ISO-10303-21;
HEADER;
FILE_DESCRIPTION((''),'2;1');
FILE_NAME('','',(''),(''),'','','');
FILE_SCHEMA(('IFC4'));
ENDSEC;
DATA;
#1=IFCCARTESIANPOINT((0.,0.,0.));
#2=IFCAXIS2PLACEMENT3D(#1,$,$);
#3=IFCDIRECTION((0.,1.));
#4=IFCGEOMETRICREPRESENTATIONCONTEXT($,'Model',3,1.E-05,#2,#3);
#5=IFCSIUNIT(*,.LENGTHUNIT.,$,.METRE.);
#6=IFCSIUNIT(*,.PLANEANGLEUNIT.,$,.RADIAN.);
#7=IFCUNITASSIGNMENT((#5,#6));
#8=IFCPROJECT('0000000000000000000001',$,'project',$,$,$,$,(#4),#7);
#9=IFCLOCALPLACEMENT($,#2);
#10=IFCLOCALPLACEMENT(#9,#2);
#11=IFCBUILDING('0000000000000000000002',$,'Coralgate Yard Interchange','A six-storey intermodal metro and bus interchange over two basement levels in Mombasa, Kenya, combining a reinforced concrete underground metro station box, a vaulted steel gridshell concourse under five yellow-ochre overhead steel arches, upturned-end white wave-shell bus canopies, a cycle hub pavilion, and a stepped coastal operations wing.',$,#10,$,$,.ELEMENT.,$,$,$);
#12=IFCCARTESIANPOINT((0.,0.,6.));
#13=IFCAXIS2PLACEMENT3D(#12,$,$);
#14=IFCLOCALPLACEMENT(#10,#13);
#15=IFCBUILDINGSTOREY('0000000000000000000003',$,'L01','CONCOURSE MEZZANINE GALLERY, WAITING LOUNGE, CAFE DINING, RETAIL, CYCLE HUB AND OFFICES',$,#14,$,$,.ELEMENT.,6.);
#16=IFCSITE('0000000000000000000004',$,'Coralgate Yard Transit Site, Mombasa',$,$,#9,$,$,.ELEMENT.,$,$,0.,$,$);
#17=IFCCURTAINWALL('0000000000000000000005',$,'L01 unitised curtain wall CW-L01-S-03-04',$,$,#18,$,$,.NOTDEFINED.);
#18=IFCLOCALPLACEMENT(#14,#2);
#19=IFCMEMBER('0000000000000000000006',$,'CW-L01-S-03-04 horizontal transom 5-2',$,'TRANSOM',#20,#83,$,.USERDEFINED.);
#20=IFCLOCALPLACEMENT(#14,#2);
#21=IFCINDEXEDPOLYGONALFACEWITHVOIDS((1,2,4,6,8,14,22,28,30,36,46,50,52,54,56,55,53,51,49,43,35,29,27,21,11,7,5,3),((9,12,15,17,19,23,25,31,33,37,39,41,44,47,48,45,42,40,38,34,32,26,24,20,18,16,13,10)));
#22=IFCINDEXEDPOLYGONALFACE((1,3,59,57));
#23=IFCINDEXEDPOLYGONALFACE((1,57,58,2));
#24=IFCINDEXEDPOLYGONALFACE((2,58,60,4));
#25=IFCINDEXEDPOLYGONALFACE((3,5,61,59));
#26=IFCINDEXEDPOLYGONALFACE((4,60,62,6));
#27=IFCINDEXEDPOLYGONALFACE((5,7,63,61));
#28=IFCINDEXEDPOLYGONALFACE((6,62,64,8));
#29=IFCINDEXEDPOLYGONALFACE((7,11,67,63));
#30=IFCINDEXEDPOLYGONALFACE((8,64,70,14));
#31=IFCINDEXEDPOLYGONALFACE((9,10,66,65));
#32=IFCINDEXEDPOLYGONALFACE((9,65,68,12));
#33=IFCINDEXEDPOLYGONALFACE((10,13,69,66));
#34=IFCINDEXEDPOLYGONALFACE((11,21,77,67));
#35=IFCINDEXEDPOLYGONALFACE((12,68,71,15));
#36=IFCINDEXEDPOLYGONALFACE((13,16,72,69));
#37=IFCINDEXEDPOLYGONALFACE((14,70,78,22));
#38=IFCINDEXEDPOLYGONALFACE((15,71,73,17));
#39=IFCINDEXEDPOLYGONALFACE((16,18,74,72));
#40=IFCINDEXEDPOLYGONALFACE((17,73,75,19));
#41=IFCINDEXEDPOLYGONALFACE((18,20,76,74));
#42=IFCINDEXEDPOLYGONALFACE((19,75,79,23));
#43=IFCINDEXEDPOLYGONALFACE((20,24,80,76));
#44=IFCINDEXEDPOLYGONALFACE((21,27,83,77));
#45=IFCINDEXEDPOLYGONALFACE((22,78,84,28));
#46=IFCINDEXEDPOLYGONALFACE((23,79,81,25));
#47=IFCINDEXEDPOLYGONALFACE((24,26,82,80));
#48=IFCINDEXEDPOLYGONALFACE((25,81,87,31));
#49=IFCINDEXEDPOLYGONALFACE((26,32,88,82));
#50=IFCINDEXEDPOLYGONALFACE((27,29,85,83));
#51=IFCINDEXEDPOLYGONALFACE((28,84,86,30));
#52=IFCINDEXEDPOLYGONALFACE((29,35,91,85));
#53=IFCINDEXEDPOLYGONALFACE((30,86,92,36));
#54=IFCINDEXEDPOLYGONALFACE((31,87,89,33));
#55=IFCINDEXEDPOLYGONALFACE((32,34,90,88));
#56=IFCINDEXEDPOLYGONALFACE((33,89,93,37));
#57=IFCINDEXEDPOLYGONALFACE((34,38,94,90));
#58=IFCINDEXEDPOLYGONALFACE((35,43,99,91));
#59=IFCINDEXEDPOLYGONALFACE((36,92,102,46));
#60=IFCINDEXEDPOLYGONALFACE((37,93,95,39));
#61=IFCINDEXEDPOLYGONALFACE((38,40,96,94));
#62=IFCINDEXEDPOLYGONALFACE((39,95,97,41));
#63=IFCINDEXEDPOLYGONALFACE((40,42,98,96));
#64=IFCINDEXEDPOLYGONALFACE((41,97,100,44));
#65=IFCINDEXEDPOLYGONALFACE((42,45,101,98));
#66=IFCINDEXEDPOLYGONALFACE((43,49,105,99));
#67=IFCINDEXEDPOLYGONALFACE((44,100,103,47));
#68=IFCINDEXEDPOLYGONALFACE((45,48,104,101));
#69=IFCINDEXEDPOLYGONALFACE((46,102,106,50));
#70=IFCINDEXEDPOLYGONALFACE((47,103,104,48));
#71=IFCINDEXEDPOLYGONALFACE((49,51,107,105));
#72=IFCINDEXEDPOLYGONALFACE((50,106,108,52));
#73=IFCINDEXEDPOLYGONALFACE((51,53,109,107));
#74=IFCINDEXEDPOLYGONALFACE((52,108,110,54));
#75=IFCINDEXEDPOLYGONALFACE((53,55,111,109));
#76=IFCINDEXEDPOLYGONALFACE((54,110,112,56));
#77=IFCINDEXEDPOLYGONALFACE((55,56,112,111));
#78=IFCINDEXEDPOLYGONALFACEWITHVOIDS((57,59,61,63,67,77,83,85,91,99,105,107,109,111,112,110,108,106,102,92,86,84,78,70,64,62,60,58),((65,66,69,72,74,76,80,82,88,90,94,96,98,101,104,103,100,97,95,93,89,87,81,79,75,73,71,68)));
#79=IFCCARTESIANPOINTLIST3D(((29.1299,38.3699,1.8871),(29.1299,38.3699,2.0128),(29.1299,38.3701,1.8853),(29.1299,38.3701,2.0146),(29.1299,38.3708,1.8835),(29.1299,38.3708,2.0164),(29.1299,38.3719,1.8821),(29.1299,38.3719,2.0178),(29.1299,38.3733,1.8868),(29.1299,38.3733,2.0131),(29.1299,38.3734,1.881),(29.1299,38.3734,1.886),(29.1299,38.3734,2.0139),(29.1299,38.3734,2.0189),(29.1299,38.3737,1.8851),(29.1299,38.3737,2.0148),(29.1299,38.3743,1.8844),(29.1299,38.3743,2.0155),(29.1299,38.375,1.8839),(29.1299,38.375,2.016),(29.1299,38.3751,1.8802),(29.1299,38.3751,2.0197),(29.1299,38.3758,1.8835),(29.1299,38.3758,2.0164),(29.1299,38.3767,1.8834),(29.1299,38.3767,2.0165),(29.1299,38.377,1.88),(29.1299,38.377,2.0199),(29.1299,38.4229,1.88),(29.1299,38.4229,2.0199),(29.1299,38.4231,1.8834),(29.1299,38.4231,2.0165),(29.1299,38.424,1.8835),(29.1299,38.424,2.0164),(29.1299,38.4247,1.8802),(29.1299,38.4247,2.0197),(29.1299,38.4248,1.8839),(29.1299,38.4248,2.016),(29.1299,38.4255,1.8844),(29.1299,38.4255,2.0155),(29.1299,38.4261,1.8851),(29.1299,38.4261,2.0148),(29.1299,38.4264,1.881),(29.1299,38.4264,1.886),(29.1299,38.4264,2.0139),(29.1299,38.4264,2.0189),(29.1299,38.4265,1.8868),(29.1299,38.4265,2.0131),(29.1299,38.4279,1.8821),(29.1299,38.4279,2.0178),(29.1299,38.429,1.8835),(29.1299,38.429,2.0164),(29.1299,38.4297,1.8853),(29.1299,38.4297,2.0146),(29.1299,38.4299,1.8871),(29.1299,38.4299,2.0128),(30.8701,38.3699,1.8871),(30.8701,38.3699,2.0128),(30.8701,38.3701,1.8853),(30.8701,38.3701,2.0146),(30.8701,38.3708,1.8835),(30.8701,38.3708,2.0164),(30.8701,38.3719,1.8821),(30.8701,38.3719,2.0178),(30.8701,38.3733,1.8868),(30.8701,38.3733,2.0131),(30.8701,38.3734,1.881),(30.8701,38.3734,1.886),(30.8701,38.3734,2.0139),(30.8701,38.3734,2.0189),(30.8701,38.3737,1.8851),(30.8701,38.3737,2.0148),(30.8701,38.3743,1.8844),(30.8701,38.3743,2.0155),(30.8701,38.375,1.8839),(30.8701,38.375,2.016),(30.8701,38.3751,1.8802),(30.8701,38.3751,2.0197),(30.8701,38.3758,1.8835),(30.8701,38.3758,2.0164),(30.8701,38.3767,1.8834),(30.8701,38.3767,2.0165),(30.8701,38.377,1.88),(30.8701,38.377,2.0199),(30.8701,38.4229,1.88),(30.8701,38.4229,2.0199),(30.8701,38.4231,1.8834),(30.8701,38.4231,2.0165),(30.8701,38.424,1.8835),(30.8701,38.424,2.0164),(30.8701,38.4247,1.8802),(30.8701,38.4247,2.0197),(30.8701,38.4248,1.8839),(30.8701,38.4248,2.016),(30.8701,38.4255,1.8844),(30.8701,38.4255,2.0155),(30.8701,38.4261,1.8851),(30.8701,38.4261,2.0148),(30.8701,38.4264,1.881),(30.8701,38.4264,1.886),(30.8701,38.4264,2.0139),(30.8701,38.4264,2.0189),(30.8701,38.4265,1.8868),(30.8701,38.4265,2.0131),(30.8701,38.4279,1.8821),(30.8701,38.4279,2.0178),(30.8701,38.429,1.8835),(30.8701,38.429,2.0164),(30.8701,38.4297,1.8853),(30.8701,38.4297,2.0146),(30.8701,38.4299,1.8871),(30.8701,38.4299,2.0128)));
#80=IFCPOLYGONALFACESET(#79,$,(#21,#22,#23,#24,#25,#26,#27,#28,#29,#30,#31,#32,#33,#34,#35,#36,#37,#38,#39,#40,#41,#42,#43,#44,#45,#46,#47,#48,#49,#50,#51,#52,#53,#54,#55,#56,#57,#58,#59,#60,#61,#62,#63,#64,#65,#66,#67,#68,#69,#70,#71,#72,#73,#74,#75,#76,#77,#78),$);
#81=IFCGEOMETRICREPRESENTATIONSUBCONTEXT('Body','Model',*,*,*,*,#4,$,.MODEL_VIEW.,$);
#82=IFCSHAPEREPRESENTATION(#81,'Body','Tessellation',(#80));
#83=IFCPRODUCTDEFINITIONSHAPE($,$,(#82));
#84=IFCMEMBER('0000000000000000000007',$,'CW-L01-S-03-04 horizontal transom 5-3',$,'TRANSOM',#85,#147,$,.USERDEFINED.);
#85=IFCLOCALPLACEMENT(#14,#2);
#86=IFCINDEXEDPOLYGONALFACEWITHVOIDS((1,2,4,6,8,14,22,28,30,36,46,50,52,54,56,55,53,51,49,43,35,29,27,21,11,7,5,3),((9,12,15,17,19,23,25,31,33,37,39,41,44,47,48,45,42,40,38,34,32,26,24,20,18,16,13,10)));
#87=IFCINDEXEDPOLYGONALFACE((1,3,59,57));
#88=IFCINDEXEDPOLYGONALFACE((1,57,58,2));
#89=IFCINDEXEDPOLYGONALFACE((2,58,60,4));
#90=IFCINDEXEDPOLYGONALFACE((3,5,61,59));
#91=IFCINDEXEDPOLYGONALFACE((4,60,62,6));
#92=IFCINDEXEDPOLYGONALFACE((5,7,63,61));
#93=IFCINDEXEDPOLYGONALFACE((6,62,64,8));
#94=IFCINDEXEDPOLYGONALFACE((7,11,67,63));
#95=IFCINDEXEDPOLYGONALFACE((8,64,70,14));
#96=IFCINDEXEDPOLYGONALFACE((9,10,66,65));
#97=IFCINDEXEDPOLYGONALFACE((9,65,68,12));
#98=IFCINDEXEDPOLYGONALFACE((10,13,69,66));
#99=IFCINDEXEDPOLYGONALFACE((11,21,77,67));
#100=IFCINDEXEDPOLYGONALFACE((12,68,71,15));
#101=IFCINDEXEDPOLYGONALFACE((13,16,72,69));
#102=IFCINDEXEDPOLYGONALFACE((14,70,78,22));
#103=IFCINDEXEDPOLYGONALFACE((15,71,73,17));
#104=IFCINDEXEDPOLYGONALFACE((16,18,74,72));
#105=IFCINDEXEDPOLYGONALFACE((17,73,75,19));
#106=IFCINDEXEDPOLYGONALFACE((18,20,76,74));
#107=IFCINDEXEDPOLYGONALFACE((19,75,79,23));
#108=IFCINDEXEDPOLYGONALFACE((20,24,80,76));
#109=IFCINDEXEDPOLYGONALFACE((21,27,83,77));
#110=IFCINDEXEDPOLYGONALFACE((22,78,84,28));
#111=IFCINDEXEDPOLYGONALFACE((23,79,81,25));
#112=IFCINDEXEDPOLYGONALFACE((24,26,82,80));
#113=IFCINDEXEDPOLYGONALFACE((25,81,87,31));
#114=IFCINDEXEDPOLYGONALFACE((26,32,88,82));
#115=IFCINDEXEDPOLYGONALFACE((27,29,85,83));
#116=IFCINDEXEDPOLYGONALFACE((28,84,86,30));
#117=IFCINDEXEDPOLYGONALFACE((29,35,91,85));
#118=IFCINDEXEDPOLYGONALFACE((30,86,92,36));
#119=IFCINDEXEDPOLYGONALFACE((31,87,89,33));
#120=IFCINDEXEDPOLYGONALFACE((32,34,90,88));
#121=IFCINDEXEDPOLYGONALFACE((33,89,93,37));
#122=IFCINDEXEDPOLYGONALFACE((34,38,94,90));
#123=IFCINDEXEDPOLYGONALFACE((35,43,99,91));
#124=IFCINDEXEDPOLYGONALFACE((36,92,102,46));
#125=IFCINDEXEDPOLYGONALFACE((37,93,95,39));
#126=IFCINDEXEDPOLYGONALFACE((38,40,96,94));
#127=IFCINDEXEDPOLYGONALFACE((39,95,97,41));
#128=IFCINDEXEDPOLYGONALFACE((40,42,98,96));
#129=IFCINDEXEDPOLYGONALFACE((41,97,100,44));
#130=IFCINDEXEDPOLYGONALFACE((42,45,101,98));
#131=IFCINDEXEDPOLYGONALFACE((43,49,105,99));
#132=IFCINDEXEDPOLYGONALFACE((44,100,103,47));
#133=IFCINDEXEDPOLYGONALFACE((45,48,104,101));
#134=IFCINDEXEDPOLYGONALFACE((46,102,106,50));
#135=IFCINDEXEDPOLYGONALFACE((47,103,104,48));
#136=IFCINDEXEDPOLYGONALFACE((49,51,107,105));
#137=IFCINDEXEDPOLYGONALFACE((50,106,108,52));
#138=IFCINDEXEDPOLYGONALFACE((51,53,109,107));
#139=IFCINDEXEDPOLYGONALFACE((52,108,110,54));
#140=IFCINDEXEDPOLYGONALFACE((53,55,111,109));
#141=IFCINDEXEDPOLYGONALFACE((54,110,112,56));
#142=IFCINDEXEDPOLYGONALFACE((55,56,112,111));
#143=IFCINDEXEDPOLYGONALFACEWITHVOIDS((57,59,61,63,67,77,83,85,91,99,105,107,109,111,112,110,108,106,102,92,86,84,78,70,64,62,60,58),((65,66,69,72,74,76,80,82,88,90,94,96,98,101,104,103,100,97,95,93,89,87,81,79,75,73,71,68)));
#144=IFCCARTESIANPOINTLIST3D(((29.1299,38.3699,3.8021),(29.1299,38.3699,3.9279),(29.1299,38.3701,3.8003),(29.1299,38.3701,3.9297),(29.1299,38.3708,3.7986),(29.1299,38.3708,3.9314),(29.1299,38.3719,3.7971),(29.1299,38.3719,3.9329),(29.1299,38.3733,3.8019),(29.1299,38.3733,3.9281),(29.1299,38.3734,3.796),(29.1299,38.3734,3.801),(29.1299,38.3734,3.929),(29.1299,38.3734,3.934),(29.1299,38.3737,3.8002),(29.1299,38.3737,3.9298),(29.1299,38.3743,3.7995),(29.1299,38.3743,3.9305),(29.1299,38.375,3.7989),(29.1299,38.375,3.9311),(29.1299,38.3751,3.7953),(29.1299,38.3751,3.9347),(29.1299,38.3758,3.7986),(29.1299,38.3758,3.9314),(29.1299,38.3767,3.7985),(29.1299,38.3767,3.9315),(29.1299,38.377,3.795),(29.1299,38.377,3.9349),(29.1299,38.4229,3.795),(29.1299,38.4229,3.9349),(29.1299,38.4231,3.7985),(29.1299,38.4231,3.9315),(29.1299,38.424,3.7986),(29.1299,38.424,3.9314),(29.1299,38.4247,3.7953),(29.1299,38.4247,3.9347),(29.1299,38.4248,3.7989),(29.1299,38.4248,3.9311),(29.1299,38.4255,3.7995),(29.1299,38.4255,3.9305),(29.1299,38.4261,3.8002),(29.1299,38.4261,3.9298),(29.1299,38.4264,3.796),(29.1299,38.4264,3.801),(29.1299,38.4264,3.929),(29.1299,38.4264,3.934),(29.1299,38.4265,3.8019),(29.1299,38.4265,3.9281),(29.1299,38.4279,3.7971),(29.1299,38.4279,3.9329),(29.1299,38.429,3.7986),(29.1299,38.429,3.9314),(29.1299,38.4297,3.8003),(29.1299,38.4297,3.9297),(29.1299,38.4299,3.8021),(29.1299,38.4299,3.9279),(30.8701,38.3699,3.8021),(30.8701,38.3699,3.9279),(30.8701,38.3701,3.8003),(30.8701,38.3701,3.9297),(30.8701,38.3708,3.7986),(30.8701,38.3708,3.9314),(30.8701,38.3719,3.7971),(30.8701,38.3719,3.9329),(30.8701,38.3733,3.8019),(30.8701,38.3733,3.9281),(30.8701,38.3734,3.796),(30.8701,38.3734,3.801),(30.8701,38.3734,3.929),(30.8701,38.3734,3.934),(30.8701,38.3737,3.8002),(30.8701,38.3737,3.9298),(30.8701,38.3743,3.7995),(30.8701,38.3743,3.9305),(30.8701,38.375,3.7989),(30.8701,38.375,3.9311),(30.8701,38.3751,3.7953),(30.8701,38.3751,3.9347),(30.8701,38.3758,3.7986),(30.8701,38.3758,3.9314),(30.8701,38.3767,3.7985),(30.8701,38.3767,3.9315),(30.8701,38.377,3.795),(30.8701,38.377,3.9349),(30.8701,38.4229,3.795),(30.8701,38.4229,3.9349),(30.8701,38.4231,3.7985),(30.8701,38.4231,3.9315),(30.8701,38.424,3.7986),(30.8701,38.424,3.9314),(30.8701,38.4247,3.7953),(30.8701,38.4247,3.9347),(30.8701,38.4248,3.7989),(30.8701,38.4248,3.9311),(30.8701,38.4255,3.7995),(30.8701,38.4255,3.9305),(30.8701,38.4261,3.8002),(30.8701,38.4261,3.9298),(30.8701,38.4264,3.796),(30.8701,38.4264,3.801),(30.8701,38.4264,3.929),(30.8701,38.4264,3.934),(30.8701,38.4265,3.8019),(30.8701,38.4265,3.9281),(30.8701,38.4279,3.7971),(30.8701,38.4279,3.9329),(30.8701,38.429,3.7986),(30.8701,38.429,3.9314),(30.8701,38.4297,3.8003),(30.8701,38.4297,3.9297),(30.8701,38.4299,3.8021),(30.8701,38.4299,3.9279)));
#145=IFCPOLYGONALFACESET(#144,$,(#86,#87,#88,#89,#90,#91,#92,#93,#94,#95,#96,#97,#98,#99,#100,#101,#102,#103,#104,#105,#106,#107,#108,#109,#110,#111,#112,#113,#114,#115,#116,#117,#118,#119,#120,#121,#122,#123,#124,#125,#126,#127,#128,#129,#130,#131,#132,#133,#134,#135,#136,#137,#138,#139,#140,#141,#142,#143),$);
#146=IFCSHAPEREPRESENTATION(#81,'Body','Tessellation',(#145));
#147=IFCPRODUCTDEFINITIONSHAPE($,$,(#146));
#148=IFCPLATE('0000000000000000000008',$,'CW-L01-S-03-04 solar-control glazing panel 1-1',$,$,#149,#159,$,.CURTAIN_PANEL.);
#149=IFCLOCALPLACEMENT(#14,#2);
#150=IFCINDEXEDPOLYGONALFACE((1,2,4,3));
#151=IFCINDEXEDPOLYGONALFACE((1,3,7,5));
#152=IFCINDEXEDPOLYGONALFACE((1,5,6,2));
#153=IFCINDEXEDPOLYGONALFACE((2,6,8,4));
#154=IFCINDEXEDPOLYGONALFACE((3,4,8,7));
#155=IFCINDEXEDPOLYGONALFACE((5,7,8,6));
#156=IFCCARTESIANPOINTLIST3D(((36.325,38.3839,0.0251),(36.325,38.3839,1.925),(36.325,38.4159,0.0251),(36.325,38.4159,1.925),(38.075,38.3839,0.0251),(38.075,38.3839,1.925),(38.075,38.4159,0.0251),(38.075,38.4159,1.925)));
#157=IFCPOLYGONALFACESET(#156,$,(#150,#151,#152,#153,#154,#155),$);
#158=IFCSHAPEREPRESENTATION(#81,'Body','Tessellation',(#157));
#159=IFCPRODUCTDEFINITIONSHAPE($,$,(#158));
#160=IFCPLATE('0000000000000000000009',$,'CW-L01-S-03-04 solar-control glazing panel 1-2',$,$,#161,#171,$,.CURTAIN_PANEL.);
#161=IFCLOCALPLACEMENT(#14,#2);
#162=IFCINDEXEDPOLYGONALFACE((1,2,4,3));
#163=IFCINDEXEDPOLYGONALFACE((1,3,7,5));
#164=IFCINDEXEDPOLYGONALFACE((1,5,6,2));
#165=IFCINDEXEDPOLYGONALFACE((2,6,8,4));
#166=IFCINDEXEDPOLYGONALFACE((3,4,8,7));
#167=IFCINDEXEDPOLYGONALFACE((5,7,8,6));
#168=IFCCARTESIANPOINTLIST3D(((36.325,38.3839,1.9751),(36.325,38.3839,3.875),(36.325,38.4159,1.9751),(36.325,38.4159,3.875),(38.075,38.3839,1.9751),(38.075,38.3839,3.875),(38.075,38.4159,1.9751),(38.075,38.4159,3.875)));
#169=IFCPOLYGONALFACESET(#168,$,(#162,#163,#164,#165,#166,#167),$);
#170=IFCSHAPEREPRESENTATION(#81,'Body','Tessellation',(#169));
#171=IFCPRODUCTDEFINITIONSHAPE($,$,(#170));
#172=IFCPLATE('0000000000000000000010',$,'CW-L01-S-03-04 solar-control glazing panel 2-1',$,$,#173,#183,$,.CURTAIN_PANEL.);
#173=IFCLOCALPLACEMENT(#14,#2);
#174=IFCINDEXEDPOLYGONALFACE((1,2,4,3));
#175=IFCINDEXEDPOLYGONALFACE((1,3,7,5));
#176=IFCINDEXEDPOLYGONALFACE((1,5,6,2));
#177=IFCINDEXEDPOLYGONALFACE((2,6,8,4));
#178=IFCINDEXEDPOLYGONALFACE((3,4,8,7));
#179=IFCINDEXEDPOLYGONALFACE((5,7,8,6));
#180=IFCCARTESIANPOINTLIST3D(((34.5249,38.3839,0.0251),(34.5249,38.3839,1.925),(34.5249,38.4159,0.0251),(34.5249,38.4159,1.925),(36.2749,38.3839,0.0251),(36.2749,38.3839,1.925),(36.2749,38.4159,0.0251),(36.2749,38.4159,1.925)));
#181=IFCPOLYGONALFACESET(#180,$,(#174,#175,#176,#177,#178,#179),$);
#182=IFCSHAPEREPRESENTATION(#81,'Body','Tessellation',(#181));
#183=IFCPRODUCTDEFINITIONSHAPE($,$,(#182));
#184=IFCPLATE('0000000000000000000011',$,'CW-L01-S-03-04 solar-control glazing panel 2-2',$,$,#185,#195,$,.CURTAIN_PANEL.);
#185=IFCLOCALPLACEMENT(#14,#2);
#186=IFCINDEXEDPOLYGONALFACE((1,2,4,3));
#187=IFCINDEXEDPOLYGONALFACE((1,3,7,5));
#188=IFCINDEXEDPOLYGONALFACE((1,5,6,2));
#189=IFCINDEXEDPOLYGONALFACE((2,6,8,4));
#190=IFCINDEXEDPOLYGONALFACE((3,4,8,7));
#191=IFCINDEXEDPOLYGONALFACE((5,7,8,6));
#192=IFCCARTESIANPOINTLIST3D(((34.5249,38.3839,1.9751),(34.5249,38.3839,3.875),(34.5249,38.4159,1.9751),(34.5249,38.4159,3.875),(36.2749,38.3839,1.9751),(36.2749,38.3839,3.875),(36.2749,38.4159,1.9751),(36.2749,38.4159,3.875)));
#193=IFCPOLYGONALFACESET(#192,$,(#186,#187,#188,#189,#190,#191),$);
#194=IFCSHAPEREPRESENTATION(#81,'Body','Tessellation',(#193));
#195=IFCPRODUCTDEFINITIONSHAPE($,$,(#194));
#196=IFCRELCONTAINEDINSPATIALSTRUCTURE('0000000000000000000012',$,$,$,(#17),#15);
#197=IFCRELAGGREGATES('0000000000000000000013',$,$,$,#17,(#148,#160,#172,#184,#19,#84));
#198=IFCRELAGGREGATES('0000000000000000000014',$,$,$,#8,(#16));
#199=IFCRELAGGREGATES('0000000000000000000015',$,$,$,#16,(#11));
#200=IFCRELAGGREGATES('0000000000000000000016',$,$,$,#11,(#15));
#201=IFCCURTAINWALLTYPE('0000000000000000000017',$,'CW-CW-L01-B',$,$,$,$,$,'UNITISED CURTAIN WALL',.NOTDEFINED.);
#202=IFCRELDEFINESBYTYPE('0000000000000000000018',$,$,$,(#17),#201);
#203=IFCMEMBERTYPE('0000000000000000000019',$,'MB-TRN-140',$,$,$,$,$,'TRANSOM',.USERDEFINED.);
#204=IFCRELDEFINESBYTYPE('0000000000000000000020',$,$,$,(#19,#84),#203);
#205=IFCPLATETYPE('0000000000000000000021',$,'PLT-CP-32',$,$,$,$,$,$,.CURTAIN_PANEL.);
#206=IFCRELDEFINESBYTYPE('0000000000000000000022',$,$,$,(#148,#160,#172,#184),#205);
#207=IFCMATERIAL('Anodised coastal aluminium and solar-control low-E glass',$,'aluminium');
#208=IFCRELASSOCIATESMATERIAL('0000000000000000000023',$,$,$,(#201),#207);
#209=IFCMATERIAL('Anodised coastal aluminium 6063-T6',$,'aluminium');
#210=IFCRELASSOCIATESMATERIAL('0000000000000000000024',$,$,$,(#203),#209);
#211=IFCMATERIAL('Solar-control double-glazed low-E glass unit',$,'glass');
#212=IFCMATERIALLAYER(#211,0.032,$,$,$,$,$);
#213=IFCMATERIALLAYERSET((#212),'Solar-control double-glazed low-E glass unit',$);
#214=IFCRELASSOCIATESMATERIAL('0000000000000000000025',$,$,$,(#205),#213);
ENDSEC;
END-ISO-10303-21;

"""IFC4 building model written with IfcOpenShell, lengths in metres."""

from ifc_helpers import new_model, si_unit, direction, frame, origin, origin_2d, place, context, subcontext, project, spatial, rectangle, hollow_rectangle, extrude, material, layer, layer_set, material_profile, profile_set, type_object, element, aggregate, save


model = new_model("IFC4")

# Units and contexts
model_context = context("Model", 3, precision=1e-05, world=origin(), true_north=direction((0.0, 1.0)))
body_context = subcontext(model_context, "Body", "Model", "MODEL_VIEW")
ifc_project = project(units=[si_unit("LENGTHUNIT", "METRE"), si_unit("PLANEANGLEUNIT", "RADIAN")], contexts=[model_context])

# Site, building, storey
site_placement = place(None, origin())
site = spatial("IfcSite", under=ifc_project, at=site_placement, Name="Coralgate Yard Transit Site, Mombasa", CompositionType="ELEMENT", RefElevation=0.0)
building_placement = place(site_placement, origin())
building = spatial("IfcBuilding", under=site, at=building_placement, Name="Coralgate Yard Interchange", Description="A six-storey intermodal metro and bus interchange over two basement levels in Mombasa, Kenya, combining a reinforced concrete underground metro station box, a vaulted steel gridshell concourse under five yellow-ochre overhead steel arches, upturned-end white wave-shell bus canopies, a cycle hub pavilion, and a stepped coastal operations wing.", CompositionType="ELEMENT")
storey_placement = place(building_placement, frame((0.0, 0.0, 6.0)))
storey = spatial("IfcBuildingStorey", under=building, at=storey_placement, Name="L01", Description="CONCOURSE MEZZANINE GALLERY, WAITING LOUNGE, CAFE DINING, RETAIL, CYCLE HUB AND OFFICES", CompositionType="ELEMENT", Elevation=6.0)

# Curtain wall, members, plates
ifc_material_1 = material(Name="Anodised coastal aluminium and solar-control low-E glass", Category="aluminium")
curtain_wall_type = type_object("IfcCurtainWallType", Name="CW-CW-L01-B", ElementType="UNITISED CURTAIN WALL", PredefinedType="NOTDEFINED", material=ifc_material_1)
curtain_wall_placement = place(storey_placement, origin())
curtain_wall = element("IfcCurtainWall", 1, at=curtain_wall_placement, inside=storey, type_object=curtain_wall_type, Name="L01 unitised curtain wall CW-L01-S-03-04", PredefinedType="NOTDEFINED")
ifc_material_2 = material(Name="Anodised coastal aluminium 6063-T6", Category="aluminium")
ifc_material_profile_1 = material_profile(ifc_material_2, hollow_rectangle(XDim=0.0601, YDim=0.1399, WallThickness=0.0034, InnerFilletRadius=0.0034, OuterFilletRadius=0.0071, at=origin_2d()), Name="ALU 60x140x3.5")
ifc_profile_set_1 = profile_set([ifc_material_profile_1], Name="Anodised coastal aluminium 6063-T6")
member_type_1 = type_object("IfcMemberType", Name="MB-TRN-140", ElementType="TRANSOM", PredefinedType="USERDEFINED", material=ifc_profile_set_1)
member_1_placement = place(storey_placement, frame((30.8701, 38.3999, 1.95), z_axis=(-1.0, 0.0, 0.0), x_axis=(0.0, -1.0, 0.0)))
member_1 = element("IfcMember", 2, at=member_1_placement, type_object=member_type_1, Name="CW-L01-S-03-04 horizontal transom 5-2", ObjectType="TRANSOM", PredefinedType="USERDEFINED", context=body_context, shape_type="SweptSolid", body=[
    extrude(hollow_rectangle(XDim=0.0601, YDim=0.1399, WallThickness=0.0034, InnerFilletRadius=0.0034, OuterFilletRadius=0.0071, at=origin_2d()), origin(), (0.0, 0.0, 1.0), 1.7402),
])
member_2_placement = place(storey_placement, frame((30.8701, 38.3999, 3.865), z_axis=(-1.0, 0.0, 0.0), x_axis=(0.0, -1.0, 0.0)))
member_2 = element("IfcMember", 3, at=member_2_placement, type_object=member_type_1, Name="CW-L01-S-03-04 horizontal transom 5-3", ObjectType="TRANSOM", PredefinedType="USERDEFINED", context=body_context, shape_type="SweptSolid", body=[
    extrude(hollow_rectangle(XDim=0.0601, YDim=0.1399, WallThickness=0.0034, InnerFilletRadius=0.0034, OuterFilletRadius=0.0071, at=origin_2d()), origin(), (0.0, 0.0, 1.0), 1.7402),
])
ifc_material_3 = material(Name="Solar-control double-glazed low-E glass unit", Category="glass")
ifc_layer = layer(ifc_material_3, 0.032)
ifc_layer_set = layer_set([ifc_layer], Name="Solar-control double-glazed low-E glass unit")
plate_type = type_object("IfcPlateType", Name="PLT-CP-32", PredefinedType="CURTAIN_PANEL", material=ifc_layer_set)
plate_1_placement = place(storey_placement, frame((37.2, 38.3999, 0.0251), z_axis=(0.0, 0.0, 1.0), x_axis=(-1.0, 0.0, 0.0)))
plate_1 = element("IfcPlate", 4, at=plate_1_placement, type_object=plate_type, Name="CW-L01-S-03-04 solar-control glazing panel 1-1", PredefinedType="CURTAIN_PANEL", context=body_context, shape_type="SweptSolid", body=[
    extrude(rectangle(XDim=1.75, YDim=0.032, at=origin_2d()), origin(), (0.0, 0.0, 1.0), 1.8999),
])
plate_2_placement = place(storey_placement, frame((37.2, 38.3999, 1.9751), z_axis=(0.0, 0.0, 1.0), x_axis=(-1.0, 0.0, 0.0)))
plate_2 = element("IfcPlate", 5, at=plate_2_placement, type_object=plate_type, Name="CW-L01-S-03-04 solar-control glazing panel 1-2", PredefinedType="CURTAIN_PANEL", context=body_context, shape_type="SweptSolid", body=[
    extrude(rectangle(XDim=1.75, YDim=0.032, at=origin_2d()), origin(), (0.0, 0.0, 1.0), 1.8999),
])
plate_3_placement = place(storey_placement, frame((35.3999, 38.3999, 0.0251), z_axis=(0.0, 0.0, 1.0), x_axis=(-1.0, 0.0, 0.0)))
plate_3 = element("IfcPlate", 6, at=plate_3_placement, type_object=plate_type, Name="CW-L01-S-03-04 solar-control glazing panel 2-1", PredefinedType="CURTAIN_PANEL", context=body_context, shape_type="SweptSolid", body=[
    extrude(rectangle(XDim=1.75, YDim=0.032, at=origin_2d()), origin(), (0.0, 0.0, 1.0), 1.8999),
])
plate_4_placement = place(storey_placement, frame((35.3999, 38.3999, 1.9751), z_axis=(0.0, 0.0, 1.0), x_axis=(-1.0, 0.0, 0.0)))
plate_4 = element("IfcPlate", 7, at=plate_4_placement, type_object=plate_type, Name="CW-L01-S-03-04 solar-control glazing panel 2-2", PredefinedType="CURTAIN_PANEL", context=body_context, shape_type="SweptSolid", body=[
    extrude(rectangle(XDim=1.75, YDim=0.032, at=origin_2d()), origin(), (0.0, 0.0, 1.0), 1.8999),
])
aggregate(curtain_wall, [plate_1, plate_2, plate_3, plate_4, member_1, member_2])

save(model, "model.ifc")
